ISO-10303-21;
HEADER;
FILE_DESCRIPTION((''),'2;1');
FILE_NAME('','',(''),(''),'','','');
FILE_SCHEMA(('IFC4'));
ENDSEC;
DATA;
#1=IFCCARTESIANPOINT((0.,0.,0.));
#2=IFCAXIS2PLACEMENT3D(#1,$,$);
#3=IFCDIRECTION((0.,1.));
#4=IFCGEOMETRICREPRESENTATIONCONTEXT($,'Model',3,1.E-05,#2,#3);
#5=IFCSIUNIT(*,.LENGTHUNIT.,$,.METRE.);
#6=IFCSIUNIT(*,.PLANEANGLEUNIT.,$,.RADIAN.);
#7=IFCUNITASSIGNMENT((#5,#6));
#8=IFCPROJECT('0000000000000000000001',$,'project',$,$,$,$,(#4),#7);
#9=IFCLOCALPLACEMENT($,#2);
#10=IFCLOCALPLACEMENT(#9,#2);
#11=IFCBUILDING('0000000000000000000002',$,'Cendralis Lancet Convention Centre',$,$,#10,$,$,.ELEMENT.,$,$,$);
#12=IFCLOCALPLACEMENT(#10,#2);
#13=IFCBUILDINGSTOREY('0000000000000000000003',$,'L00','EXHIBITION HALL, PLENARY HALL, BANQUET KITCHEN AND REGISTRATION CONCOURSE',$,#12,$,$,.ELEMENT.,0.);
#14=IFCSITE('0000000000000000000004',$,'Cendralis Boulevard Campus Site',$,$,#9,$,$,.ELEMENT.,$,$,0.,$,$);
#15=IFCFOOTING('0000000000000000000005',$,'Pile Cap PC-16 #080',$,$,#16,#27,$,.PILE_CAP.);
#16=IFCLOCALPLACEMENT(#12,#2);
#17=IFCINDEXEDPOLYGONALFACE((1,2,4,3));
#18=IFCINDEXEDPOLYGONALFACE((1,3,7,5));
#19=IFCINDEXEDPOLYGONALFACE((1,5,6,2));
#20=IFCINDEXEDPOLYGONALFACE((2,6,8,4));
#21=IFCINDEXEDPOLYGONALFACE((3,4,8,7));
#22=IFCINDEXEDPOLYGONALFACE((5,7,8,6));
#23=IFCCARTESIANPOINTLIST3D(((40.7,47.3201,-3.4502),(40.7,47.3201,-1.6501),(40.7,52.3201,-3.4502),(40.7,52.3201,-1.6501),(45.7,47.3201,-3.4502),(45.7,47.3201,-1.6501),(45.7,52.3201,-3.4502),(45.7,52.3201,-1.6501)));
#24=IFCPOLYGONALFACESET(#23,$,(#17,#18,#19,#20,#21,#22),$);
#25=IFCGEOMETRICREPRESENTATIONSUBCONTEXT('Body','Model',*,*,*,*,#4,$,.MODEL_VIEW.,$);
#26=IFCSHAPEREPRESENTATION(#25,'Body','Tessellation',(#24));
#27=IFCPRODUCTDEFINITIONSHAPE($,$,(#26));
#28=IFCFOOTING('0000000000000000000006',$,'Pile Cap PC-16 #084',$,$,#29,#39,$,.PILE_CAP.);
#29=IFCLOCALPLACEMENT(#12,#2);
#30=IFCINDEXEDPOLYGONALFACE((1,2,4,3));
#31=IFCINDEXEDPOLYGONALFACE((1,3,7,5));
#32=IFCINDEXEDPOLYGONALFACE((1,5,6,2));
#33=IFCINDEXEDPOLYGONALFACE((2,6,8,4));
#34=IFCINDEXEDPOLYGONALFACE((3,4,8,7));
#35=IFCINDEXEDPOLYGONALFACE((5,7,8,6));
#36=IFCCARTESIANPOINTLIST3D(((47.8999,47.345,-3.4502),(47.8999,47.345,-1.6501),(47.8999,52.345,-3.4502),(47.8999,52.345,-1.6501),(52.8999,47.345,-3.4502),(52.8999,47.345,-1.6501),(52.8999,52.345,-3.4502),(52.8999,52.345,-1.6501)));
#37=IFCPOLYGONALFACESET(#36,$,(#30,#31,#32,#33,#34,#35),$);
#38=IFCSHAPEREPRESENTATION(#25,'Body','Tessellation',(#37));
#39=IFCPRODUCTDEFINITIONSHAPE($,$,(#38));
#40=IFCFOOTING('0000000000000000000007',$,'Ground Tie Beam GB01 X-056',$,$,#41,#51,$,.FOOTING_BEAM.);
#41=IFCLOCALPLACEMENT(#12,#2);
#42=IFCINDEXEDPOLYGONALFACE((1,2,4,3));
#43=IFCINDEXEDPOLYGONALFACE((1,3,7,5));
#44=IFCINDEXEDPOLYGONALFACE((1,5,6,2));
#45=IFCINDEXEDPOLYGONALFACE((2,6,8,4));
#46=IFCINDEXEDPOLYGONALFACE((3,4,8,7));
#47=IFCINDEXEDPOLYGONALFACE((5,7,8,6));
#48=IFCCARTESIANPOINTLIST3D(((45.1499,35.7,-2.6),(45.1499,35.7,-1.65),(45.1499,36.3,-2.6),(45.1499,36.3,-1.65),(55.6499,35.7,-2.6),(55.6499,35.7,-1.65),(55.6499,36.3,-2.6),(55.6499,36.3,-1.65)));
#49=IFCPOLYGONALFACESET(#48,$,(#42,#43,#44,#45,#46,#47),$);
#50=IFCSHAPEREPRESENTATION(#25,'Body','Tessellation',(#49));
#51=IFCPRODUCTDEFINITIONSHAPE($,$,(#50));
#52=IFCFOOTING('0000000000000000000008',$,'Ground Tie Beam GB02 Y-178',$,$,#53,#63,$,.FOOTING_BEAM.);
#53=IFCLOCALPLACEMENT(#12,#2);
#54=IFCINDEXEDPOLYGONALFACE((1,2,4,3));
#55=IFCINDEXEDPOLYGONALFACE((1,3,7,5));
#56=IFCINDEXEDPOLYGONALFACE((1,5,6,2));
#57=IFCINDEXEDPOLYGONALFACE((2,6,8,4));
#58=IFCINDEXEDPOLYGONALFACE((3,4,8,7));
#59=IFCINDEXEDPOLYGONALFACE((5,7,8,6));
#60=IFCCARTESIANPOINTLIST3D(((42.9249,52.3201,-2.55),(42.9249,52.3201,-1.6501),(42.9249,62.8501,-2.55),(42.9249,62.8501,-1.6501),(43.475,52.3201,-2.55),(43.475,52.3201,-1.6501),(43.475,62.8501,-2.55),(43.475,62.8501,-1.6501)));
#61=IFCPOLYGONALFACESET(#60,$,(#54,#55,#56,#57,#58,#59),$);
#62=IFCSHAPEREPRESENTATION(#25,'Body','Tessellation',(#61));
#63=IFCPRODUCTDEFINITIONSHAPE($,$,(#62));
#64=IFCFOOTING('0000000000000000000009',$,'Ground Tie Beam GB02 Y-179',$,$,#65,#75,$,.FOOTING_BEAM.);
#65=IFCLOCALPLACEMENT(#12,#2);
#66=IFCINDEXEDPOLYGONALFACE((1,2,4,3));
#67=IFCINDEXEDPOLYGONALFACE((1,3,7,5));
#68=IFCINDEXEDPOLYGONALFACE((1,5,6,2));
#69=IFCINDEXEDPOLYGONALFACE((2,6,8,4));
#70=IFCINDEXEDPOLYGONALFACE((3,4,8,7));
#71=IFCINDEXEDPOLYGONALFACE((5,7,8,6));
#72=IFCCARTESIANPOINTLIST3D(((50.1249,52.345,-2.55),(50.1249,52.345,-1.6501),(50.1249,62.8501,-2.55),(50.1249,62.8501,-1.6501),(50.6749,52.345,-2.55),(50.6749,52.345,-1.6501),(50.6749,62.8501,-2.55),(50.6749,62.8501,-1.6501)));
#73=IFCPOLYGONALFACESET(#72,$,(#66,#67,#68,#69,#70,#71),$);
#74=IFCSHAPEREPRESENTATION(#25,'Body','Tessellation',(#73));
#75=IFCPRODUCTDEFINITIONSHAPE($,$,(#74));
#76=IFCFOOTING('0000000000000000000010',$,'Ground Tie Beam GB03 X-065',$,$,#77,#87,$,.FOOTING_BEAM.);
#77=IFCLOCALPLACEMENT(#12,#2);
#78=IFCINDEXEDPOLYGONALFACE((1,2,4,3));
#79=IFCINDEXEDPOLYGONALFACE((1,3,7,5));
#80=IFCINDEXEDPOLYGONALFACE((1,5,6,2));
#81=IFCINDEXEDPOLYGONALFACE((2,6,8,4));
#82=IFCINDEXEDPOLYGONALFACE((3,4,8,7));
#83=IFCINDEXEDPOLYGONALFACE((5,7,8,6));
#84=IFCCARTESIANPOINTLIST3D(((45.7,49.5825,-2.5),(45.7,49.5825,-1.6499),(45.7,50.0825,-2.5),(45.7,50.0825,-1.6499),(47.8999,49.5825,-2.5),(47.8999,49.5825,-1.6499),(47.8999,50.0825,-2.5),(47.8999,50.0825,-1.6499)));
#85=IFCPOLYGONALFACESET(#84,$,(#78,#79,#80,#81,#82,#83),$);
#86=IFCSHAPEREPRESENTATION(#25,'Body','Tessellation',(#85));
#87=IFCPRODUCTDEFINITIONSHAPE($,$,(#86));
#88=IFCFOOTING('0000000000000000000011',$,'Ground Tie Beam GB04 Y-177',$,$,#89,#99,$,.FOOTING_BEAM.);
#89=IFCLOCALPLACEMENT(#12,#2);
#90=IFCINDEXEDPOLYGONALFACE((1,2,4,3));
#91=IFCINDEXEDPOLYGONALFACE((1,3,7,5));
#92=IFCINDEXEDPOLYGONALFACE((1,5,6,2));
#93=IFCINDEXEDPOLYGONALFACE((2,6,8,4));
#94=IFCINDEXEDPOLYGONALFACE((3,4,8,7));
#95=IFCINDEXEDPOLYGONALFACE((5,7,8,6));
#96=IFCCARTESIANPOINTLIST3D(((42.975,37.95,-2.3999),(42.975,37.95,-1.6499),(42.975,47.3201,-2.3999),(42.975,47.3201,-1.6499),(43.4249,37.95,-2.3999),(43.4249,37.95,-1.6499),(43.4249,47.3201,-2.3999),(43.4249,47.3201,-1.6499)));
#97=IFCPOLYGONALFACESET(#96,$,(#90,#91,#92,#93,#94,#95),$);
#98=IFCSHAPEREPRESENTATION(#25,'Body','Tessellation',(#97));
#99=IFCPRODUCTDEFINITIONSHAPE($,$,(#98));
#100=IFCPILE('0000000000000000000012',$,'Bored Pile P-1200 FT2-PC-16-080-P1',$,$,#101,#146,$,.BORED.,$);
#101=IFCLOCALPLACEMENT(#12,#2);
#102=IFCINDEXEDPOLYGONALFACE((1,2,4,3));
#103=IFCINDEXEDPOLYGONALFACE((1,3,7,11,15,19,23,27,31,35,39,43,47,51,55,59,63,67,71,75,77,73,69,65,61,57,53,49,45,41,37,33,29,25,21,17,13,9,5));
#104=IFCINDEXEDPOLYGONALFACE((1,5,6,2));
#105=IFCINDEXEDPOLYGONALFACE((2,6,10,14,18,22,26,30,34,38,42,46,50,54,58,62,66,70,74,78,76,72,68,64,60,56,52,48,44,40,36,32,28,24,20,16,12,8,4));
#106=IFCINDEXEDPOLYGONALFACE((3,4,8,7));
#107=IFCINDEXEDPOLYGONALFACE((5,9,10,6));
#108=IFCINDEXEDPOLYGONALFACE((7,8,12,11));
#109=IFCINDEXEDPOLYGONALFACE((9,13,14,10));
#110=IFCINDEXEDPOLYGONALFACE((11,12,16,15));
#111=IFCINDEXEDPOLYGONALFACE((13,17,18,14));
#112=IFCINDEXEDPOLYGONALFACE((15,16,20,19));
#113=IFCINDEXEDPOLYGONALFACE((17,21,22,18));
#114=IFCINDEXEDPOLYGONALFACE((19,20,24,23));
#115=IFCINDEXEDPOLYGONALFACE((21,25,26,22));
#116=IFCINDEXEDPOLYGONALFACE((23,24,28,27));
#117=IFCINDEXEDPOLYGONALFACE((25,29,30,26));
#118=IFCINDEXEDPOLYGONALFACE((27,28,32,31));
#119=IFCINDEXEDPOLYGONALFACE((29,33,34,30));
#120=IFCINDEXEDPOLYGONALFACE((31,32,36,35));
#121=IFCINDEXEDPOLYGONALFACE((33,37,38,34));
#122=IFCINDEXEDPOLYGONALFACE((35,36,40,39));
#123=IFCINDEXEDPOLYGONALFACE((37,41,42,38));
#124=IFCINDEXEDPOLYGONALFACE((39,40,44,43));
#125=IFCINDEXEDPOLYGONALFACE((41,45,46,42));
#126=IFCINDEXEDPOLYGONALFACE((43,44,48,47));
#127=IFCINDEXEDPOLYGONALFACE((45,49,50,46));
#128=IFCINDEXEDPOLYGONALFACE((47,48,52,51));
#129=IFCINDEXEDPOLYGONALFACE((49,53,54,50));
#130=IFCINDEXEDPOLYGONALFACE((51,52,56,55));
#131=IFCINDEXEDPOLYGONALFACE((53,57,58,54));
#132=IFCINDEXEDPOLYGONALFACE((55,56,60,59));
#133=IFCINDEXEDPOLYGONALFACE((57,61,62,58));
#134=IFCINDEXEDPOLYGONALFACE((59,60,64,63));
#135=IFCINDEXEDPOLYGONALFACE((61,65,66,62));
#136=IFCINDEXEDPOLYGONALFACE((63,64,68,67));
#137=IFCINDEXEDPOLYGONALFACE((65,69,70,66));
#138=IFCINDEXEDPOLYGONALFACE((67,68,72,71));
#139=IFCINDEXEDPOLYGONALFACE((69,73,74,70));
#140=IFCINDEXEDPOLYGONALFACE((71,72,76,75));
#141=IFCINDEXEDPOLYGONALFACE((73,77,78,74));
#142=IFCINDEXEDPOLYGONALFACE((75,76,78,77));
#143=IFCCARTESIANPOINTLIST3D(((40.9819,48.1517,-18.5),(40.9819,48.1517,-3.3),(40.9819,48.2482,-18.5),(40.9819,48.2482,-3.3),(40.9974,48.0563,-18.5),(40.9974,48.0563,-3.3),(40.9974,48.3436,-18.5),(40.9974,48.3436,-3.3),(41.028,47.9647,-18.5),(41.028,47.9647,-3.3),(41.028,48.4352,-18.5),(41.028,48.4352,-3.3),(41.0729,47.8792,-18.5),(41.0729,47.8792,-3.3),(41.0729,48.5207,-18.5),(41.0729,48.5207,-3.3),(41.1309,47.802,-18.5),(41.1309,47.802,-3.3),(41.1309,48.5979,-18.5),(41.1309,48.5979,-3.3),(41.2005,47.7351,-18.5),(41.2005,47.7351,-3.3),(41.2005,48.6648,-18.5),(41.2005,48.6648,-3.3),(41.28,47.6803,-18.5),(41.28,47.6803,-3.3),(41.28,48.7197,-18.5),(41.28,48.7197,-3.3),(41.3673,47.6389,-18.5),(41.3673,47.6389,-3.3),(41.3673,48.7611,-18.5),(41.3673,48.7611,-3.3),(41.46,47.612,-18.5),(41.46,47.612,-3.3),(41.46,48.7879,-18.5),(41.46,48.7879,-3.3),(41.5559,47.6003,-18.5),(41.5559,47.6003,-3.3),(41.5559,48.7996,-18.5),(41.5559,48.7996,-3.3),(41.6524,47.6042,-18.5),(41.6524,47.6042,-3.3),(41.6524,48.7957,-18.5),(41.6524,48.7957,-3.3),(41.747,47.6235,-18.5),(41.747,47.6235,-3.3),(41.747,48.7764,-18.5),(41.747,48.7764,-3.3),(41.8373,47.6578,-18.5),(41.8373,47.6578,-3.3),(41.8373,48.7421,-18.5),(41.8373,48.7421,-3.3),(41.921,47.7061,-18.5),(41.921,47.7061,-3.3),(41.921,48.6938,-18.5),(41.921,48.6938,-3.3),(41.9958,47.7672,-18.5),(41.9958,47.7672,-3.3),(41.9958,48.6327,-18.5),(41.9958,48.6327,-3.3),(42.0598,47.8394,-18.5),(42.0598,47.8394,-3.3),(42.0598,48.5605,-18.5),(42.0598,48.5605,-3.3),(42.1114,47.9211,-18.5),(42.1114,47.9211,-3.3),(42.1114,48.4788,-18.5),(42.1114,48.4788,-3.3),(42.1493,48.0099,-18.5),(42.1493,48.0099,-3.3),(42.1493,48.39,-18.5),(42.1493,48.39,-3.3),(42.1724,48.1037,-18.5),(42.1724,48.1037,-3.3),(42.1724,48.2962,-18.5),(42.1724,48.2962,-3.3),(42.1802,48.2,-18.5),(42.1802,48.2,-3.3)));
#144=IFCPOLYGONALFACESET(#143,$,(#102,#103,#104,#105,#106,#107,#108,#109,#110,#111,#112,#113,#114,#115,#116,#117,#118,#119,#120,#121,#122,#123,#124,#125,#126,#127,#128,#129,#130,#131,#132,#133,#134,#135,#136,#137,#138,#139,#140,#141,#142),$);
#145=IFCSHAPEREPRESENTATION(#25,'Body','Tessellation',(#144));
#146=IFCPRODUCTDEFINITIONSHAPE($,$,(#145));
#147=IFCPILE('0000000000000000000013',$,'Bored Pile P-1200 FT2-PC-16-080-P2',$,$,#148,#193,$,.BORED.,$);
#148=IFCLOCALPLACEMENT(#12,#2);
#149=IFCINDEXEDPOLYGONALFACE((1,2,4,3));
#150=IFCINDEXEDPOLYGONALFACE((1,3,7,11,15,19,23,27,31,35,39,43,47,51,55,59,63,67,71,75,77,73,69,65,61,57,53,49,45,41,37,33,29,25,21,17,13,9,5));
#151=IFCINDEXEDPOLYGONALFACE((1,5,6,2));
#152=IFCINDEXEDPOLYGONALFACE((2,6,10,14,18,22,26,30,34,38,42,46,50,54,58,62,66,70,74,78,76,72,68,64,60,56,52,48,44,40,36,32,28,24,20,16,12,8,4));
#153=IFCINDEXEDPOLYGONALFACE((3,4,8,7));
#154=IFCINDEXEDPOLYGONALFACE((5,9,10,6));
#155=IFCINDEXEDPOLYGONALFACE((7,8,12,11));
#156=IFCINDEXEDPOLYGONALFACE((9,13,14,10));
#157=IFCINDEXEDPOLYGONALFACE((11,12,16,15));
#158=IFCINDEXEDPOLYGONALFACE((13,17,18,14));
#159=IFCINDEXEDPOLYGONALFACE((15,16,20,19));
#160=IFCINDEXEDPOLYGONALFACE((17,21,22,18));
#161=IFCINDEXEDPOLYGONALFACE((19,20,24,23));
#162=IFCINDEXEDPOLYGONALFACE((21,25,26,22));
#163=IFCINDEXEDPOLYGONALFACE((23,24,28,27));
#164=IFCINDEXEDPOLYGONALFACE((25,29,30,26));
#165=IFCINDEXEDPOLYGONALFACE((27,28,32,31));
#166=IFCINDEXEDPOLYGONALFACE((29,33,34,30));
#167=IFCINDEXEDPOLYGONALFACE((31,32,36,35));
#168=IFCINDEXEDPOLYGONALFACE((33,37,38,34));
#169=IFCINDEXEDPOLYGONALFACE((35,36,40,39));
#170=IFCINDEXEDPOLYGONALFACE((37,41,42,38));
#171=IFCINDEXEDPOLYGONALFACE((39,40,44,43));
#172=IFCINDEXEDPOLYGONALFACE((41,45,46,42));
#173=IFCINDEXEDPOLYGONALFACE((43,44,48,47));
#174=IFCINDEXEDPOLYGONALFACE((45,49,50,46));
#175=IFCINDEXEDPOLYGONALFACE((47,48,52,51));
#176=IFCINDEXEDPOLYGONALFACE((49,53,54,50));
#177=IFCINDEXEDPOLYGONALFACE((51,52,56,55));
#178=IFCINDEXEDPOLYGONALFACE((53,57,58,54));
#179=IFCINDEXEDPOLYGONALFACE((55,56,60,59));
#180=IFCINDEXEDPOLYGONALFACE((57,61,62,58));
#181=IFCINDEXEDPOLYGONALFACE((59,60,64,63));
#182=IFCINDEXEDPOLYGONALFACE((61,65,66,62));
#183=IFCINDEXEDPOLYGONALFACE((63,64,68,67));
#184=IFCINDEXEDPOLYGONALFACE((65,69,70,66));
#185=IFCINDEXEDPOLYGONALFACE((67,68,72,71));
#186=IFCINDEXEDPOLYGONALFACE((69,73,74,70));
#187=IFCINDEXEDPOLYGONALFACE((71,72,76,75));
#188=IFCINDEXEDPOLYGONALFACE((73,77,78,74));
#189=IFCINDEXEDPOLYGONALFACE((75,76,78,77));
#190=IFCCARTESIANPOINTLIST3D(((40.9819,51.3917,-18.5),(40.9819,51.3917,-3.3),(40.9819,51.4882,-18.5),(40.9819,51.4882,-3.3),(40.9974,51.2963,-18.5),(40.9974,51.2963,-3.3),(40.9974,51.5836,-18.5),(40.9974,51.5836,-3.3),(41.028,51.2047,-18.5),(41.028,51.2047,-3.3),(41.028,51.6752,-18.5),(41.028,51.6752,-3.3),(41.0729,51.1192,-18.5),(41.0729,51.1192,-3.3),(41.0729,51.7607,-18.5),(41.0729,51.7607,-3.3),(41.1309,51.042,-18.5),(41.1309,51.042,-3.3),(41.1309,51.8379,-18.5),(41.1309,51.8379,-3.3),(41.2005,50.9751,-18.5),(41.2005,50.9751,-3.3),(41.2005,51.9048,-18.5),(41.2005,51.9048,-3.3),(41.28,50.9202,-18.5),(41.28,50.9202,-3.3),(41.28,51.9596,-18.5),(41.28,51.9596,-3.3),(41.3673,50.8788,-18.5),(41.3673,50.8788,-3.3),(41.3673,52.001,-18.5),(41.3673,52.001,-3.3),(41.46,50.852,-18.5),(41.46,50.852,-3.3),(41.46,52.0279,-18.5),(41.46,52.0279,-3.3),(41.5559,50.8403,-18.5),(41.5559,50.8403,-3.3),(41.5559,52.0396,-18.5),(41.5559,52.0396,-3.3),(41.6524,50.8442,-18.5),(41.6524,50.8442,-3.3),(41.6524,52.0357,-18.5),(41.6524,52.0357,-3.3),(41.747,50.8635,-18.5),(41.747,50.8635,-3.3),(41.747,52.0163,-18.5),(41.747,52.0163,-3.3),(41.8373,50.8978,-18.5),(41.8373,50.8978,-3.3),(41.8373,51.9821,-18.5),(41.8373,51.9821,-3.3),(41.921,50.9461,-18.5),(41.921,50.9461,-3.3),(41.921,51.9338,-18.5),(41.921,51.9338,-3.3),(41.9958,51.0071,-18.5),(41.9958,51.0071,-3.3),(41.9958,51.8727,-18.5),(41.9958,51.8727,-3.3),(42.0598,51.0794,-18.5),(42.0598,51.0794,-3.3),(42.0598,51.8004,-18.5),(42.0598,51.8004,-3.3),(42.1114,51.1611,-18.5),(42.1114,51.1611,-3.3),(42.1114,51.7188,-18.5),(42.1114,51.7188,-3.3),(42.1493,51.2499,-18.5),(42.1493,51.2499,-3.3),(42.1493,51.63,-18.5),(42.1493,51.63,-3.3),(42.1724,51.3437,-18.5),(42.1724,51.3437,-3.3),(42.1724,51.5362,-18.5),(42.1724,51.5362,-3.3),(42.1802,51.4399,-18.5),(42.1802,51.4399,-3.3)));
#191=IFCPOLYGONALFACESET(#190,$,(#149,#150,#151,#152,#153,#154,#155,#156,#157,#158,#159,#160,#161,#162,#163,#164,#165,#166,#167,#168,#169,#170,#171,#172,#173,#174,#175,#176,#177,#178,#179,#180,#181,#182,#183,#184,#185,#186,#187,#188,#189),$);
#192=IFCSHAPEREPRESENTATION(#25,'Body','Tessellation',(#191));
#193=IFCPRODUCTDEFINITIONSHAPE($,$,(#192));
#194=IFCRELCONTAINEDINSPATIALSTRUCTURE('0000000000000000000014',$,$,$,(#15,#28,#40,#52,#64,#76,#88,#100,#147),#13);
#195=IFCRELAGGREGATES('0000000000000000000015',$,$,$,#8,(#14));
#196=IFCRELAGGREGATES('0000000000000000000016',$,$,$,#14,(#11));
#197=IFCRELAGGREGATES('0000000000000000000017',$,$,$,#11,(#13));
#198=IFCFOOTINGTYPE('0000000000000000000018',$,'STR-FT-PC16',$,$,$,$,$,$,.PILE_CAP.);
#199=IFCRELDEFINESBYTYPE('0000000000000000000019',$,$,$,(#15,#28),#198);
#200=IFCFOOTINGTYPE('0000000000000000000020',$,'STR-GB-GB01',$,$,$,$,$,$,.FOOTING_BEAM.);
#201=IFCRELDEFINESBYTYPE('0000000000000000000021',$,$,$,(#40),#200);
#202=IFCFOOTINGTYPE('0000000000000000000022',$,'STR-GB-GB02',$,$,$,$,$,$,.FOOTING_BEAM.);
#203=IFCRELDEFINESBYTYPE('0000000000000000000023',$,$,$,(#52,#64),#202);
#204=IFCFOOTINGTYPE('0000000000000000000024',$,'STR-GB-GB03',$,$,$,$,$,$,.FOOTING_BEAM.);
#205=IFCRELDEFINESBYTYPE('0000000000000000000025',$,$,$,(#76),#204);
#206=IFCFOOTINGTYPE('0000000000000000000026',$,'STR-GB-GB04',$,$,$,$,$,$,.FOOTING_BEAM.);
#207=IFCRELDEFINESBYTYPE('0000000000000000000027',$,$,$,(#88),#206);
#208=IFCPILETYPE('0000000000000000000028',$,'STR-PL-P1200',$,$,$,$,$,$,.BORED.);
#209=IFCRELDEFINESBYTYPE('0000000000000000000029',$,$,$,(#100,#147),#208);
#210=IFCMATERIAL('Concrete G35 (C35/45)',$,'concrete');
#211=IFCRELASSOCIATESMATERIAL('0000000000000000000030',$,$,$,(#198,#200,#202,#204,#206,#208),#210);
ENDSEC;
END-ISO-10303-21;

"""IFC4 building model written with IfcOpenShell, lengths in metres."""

from ifc_helpers import new_model, si_unit, direction, frame, origin, origin_2d, place, context, subcontext, project, spatial, rectangle, circle, extrude, material, material_profile, profile_set, type_object, element, save


model = new_model("IFC4")

# Units and contexts
model_context = context("Model", 3, precision=1e-05, world=origin(), true_north=direction((0.0, 1.0)))
body_context = subcontext(model_context, "Body", "Model", "MODEL_VIEW")
ifc_project = project(units=[si_unit("LENGTHUNIT", "METRE"), si_unit("PLANEANGLEUNIT", "RADIAN")], contexts=[model_context])

# Site, building, storey
site_placement = place(None, origin())
site = spatial("IfcSite", under=ifc_project, at=site_placement, Name="Cendralis Boulevard Campus Site", CompositionType="ELEMENT", RefElevation=0.0)
building_placement = place(site_placement, origin())
building = spatial("IfcBuilding", under=site, at=building_placement, Name="Cendralis Lancet Convention Centre", CompositionType="ELEMENT")
storey_placement = place(building_placement, origin())
storey = spatial("IfcBuildingStorey", under=building, at=storey_placement, Name="L00", Description="EXHIBITION HALL, PLENARY HALL, BANQUET KITCHEN AND REGISTRATION CONCOURSE", CompositionType="ELEMENT", Elevation=0.0)

# Footings
ifc_material_1 = material(Name="Concrete G35 (C35/45)", Category="concrete")
footing_type_1 = type_object("IfcFootingType", Name="STR-FT-PC16", PredefinedType="PILE_CAP", material=ifc_material_1)
for number, where, z_axis, x_axis, name in (
    (1, (43.2, 49.8201, -3.4502), (0.0, 0.0, 1.0), (1.0, 0.0, 0.0), "Pile Cap PC-16 #080"),
    (2, (50.3999, 49.845, -3.4502), (0.0, 0.0, 1.0), (1.0, 0.0, 0.0), "Pile Cap PC-16 #084"),
):
    element("IfcFooting", number, at=place(storey_placement, frame(where, z_axis=z_axis, x_axis=x_axis)), inside=storey, type_object=footing_type_1, Name=name, PredefinedType="PILE_CAP", context=body_context, shape_type="SweptSolid", body=[
        extrude(rectangle(XDim=5.0, YDim=5.0, at=origin_2d()), origin(), (0.0, 0.0, 1.0), 1.8),
    ])
ifc_material_profile_1 = material_profile(ifc_material_1, rectangle(XDim=0.6001, YDim=0.95, at=origin_2d()), Name="RCB 600x950")
ifc_profile_set_1 = profile_set([ifc_material_profile_1], Name="Concrete G35 (C35/45)")
footing_type_2 = type_object("IfcFootingType", Name="STR-GB-GB01", PredefinedType="FOOTING_BEAM", material=ifc_profile_set_1)
footing_1_placement = place(storey_placement, frame((45.1499, 36.0, -2.125), z_axis=(1.0, 0.0, 0.0), x_axis=(0.0, 1.0, 0.0)))
element("IfcFooting", 3, at=footing_1_placement, inside=storey, type_object=footing_type_2, Name="Ground Tie Beam GB01 X-056", PredefinedType="FOOTING_BEAM", context=body_context, shape_type="SweptSolid", body=[
    extrude(rectangle(XDim=0.6001, YDim=0.95, at=origin_2d()), origin(), (0.0, 0.0, 1.0), 10.5),
])
ifc_material_profile_2 = material_profile(ifc_material_1, rectangle(XDim=0.55, YDim=0.8999, at=origin_2d()), Name="RCB 550x900")
ifc_profile_set_2 = profile_set([ifc_material_profile_2], Name="Concrete G35 (C35/45)")
footing_type_3 = type_object("IfcFootingType", Name="STR-GB-GB02", PredefinedType="FOOTING_BEAM", material=ifc_profile_set_2)
footing_2_placement = place(storey_placement, frame((43.2, 52.3201, -2.1001), z_axis=(0.0, 1.0, 0.0), x_axis=(-1.0, 0.0, 0.0)))
element("IfcFooting", 4, at=footing_2_placement, inside=storey, type_object=footing_type_3, Name="Ground Tie Beam GB02 Y-178", PredefinedType="FOOTING_BEAM", context=body_context, shape_type="SweptSolid", body=[
    extrude(rectangle(XDim=0.55, YDim=0.8999, at=origin_2d()), origin(), (0.0, 0.0, 1.0), 10.53),
])
footing_3_placement = place(storey_placement, frame((50.3999, 52.345, -2.1001), z_axis=(0.0, 1.0, 0.0), x_axis=(-1.0, 0.0, 0.0)))
element("IfcFooting", 5, at=footing_3_placement, inside=storey, type_object=footing_type_3, Name="Ground Tie Beam GB02 Y-179", PredefinedType="FOOTING_BEAM", context=body_context, shape_type="SweptSolid", body=[
    extrude(rectangle(XDim=0.55, YDim=0.8999, at=origin_2d()), origin(), (0.0, 0.0, 1.0), 10.5051),
])
ifc_material_profile_3 = material_profile(ifc_material_1, rectangle(XDim=0.5, YDim=0.8501, at=origin_2d()), Name="RCB 500x850")
ifc_profile_set_3 = profile_set([ifc_material_profile_3], Name="Concrete G35 (C35/45)")
footing_type_4 = type_object("IfcFootingType", Name="STR-GB-GB03", PredefinedType="FOOTING_BEAM", material=ifc_profile_set_3)
footing_4_placement = place(storey_placement, frame((45.7, 49.8325, -2.075), z_axis=(1.0, 0.0, 0.0), x_axis=(0.0, 1.0, 0.0)))
element("IfcFooting", 6, at=footing_4_placement, inside=storey, type_object=footing_type_4, Name="Ground Tie Beam GB03 X-065", PredefinedType="FOOTING_BEAM", context=body_context, shape_type="SweptSolid", body=[
    extrude(rectangle(XDim=0.5, YDim=0.8501, at=origin_2d()), origin(), (0.0, 0.0, 1.0), 2.2),
])
ifc_material_profile_4 = material_profile(ifc_material_1, rectangle(XDim=0.45, YDim=0.75, at=origin_2d()), Name="RCB 450x750")
ifc_profile_set_4 = profile_set([ifc_material_profile_4], Name="Concrete G35 (C35/45)")
footing_type_5 = type_object("IfcFootingType", Name="STR-GB-GB04", PredefinedType="FOOTING_BEAM", material=ifc_profile_set_4)
footing_5_placement = place(storey_placement, frame((43.2, 37.95, -2.0249), z_axis=(0.0, 1.0, 0.0), x_axis=(-1.0, 0.0, 0.0)))
element("IfcFooting", 7, at=footing_5_placement, inside=storey, type_object=footing_type_5, Name="Ground Tie Beam GB04 Y-177", PredefinedType="FOOTING_BEAM", context=body_context, shape_type="SweptSolid", body=[
    extrude(rectangle(XDim=0.45, YDim=0.75, at=origin_2d()), origin(), (0.0, 0.0, 1.0), 9.3701),
])

# Piles
ifc_material_profile_5 = material_profile(ifc_material_1, circle(Radius=0.6001, at=origin_2d()), Name="BORED PILE D1200")
ifc_profile_set_5 = profile_set([ifc_material_profile_5], Name="Concrete G35 (C35/45)")
pile_type_1 = type_object("IfcPileType", Name="STR-PL-P1200", PredefinedType="BORED", material=ifc_profile_set_5)
for number, where, z_axis, x_axis, name in (
    (8, (41.5801, 48.2, -3.3), (0.0, 0.0, -1.0), (1.0, 0.0, 0.0), "Bored Pile P-1200 FT2-PC-16-080-P1"),
    (9, (41.5801, 51.4399, -3.3), (0.0, 0.0, -1.0), (1.0, 0.0, 0.0), "Bored Pile P-1200 FT2-PC-16-080-P2"),
):
    element("IfcPile", number, at=place(storey_placement, frame(where, z_axis=z_axis, x_axis=x_axis)), inside=storey, type_object=pile_type_1, Name=name, PredefinedType="BORED", context=body_context, shape_type="SweptSolid", body=[
        extrude(circle(Radius=0.6001, at=origin_2d()), origin(), (0.0, 0.0, 1.0), 15.2),
    ])

save(model, "model.ifc")
